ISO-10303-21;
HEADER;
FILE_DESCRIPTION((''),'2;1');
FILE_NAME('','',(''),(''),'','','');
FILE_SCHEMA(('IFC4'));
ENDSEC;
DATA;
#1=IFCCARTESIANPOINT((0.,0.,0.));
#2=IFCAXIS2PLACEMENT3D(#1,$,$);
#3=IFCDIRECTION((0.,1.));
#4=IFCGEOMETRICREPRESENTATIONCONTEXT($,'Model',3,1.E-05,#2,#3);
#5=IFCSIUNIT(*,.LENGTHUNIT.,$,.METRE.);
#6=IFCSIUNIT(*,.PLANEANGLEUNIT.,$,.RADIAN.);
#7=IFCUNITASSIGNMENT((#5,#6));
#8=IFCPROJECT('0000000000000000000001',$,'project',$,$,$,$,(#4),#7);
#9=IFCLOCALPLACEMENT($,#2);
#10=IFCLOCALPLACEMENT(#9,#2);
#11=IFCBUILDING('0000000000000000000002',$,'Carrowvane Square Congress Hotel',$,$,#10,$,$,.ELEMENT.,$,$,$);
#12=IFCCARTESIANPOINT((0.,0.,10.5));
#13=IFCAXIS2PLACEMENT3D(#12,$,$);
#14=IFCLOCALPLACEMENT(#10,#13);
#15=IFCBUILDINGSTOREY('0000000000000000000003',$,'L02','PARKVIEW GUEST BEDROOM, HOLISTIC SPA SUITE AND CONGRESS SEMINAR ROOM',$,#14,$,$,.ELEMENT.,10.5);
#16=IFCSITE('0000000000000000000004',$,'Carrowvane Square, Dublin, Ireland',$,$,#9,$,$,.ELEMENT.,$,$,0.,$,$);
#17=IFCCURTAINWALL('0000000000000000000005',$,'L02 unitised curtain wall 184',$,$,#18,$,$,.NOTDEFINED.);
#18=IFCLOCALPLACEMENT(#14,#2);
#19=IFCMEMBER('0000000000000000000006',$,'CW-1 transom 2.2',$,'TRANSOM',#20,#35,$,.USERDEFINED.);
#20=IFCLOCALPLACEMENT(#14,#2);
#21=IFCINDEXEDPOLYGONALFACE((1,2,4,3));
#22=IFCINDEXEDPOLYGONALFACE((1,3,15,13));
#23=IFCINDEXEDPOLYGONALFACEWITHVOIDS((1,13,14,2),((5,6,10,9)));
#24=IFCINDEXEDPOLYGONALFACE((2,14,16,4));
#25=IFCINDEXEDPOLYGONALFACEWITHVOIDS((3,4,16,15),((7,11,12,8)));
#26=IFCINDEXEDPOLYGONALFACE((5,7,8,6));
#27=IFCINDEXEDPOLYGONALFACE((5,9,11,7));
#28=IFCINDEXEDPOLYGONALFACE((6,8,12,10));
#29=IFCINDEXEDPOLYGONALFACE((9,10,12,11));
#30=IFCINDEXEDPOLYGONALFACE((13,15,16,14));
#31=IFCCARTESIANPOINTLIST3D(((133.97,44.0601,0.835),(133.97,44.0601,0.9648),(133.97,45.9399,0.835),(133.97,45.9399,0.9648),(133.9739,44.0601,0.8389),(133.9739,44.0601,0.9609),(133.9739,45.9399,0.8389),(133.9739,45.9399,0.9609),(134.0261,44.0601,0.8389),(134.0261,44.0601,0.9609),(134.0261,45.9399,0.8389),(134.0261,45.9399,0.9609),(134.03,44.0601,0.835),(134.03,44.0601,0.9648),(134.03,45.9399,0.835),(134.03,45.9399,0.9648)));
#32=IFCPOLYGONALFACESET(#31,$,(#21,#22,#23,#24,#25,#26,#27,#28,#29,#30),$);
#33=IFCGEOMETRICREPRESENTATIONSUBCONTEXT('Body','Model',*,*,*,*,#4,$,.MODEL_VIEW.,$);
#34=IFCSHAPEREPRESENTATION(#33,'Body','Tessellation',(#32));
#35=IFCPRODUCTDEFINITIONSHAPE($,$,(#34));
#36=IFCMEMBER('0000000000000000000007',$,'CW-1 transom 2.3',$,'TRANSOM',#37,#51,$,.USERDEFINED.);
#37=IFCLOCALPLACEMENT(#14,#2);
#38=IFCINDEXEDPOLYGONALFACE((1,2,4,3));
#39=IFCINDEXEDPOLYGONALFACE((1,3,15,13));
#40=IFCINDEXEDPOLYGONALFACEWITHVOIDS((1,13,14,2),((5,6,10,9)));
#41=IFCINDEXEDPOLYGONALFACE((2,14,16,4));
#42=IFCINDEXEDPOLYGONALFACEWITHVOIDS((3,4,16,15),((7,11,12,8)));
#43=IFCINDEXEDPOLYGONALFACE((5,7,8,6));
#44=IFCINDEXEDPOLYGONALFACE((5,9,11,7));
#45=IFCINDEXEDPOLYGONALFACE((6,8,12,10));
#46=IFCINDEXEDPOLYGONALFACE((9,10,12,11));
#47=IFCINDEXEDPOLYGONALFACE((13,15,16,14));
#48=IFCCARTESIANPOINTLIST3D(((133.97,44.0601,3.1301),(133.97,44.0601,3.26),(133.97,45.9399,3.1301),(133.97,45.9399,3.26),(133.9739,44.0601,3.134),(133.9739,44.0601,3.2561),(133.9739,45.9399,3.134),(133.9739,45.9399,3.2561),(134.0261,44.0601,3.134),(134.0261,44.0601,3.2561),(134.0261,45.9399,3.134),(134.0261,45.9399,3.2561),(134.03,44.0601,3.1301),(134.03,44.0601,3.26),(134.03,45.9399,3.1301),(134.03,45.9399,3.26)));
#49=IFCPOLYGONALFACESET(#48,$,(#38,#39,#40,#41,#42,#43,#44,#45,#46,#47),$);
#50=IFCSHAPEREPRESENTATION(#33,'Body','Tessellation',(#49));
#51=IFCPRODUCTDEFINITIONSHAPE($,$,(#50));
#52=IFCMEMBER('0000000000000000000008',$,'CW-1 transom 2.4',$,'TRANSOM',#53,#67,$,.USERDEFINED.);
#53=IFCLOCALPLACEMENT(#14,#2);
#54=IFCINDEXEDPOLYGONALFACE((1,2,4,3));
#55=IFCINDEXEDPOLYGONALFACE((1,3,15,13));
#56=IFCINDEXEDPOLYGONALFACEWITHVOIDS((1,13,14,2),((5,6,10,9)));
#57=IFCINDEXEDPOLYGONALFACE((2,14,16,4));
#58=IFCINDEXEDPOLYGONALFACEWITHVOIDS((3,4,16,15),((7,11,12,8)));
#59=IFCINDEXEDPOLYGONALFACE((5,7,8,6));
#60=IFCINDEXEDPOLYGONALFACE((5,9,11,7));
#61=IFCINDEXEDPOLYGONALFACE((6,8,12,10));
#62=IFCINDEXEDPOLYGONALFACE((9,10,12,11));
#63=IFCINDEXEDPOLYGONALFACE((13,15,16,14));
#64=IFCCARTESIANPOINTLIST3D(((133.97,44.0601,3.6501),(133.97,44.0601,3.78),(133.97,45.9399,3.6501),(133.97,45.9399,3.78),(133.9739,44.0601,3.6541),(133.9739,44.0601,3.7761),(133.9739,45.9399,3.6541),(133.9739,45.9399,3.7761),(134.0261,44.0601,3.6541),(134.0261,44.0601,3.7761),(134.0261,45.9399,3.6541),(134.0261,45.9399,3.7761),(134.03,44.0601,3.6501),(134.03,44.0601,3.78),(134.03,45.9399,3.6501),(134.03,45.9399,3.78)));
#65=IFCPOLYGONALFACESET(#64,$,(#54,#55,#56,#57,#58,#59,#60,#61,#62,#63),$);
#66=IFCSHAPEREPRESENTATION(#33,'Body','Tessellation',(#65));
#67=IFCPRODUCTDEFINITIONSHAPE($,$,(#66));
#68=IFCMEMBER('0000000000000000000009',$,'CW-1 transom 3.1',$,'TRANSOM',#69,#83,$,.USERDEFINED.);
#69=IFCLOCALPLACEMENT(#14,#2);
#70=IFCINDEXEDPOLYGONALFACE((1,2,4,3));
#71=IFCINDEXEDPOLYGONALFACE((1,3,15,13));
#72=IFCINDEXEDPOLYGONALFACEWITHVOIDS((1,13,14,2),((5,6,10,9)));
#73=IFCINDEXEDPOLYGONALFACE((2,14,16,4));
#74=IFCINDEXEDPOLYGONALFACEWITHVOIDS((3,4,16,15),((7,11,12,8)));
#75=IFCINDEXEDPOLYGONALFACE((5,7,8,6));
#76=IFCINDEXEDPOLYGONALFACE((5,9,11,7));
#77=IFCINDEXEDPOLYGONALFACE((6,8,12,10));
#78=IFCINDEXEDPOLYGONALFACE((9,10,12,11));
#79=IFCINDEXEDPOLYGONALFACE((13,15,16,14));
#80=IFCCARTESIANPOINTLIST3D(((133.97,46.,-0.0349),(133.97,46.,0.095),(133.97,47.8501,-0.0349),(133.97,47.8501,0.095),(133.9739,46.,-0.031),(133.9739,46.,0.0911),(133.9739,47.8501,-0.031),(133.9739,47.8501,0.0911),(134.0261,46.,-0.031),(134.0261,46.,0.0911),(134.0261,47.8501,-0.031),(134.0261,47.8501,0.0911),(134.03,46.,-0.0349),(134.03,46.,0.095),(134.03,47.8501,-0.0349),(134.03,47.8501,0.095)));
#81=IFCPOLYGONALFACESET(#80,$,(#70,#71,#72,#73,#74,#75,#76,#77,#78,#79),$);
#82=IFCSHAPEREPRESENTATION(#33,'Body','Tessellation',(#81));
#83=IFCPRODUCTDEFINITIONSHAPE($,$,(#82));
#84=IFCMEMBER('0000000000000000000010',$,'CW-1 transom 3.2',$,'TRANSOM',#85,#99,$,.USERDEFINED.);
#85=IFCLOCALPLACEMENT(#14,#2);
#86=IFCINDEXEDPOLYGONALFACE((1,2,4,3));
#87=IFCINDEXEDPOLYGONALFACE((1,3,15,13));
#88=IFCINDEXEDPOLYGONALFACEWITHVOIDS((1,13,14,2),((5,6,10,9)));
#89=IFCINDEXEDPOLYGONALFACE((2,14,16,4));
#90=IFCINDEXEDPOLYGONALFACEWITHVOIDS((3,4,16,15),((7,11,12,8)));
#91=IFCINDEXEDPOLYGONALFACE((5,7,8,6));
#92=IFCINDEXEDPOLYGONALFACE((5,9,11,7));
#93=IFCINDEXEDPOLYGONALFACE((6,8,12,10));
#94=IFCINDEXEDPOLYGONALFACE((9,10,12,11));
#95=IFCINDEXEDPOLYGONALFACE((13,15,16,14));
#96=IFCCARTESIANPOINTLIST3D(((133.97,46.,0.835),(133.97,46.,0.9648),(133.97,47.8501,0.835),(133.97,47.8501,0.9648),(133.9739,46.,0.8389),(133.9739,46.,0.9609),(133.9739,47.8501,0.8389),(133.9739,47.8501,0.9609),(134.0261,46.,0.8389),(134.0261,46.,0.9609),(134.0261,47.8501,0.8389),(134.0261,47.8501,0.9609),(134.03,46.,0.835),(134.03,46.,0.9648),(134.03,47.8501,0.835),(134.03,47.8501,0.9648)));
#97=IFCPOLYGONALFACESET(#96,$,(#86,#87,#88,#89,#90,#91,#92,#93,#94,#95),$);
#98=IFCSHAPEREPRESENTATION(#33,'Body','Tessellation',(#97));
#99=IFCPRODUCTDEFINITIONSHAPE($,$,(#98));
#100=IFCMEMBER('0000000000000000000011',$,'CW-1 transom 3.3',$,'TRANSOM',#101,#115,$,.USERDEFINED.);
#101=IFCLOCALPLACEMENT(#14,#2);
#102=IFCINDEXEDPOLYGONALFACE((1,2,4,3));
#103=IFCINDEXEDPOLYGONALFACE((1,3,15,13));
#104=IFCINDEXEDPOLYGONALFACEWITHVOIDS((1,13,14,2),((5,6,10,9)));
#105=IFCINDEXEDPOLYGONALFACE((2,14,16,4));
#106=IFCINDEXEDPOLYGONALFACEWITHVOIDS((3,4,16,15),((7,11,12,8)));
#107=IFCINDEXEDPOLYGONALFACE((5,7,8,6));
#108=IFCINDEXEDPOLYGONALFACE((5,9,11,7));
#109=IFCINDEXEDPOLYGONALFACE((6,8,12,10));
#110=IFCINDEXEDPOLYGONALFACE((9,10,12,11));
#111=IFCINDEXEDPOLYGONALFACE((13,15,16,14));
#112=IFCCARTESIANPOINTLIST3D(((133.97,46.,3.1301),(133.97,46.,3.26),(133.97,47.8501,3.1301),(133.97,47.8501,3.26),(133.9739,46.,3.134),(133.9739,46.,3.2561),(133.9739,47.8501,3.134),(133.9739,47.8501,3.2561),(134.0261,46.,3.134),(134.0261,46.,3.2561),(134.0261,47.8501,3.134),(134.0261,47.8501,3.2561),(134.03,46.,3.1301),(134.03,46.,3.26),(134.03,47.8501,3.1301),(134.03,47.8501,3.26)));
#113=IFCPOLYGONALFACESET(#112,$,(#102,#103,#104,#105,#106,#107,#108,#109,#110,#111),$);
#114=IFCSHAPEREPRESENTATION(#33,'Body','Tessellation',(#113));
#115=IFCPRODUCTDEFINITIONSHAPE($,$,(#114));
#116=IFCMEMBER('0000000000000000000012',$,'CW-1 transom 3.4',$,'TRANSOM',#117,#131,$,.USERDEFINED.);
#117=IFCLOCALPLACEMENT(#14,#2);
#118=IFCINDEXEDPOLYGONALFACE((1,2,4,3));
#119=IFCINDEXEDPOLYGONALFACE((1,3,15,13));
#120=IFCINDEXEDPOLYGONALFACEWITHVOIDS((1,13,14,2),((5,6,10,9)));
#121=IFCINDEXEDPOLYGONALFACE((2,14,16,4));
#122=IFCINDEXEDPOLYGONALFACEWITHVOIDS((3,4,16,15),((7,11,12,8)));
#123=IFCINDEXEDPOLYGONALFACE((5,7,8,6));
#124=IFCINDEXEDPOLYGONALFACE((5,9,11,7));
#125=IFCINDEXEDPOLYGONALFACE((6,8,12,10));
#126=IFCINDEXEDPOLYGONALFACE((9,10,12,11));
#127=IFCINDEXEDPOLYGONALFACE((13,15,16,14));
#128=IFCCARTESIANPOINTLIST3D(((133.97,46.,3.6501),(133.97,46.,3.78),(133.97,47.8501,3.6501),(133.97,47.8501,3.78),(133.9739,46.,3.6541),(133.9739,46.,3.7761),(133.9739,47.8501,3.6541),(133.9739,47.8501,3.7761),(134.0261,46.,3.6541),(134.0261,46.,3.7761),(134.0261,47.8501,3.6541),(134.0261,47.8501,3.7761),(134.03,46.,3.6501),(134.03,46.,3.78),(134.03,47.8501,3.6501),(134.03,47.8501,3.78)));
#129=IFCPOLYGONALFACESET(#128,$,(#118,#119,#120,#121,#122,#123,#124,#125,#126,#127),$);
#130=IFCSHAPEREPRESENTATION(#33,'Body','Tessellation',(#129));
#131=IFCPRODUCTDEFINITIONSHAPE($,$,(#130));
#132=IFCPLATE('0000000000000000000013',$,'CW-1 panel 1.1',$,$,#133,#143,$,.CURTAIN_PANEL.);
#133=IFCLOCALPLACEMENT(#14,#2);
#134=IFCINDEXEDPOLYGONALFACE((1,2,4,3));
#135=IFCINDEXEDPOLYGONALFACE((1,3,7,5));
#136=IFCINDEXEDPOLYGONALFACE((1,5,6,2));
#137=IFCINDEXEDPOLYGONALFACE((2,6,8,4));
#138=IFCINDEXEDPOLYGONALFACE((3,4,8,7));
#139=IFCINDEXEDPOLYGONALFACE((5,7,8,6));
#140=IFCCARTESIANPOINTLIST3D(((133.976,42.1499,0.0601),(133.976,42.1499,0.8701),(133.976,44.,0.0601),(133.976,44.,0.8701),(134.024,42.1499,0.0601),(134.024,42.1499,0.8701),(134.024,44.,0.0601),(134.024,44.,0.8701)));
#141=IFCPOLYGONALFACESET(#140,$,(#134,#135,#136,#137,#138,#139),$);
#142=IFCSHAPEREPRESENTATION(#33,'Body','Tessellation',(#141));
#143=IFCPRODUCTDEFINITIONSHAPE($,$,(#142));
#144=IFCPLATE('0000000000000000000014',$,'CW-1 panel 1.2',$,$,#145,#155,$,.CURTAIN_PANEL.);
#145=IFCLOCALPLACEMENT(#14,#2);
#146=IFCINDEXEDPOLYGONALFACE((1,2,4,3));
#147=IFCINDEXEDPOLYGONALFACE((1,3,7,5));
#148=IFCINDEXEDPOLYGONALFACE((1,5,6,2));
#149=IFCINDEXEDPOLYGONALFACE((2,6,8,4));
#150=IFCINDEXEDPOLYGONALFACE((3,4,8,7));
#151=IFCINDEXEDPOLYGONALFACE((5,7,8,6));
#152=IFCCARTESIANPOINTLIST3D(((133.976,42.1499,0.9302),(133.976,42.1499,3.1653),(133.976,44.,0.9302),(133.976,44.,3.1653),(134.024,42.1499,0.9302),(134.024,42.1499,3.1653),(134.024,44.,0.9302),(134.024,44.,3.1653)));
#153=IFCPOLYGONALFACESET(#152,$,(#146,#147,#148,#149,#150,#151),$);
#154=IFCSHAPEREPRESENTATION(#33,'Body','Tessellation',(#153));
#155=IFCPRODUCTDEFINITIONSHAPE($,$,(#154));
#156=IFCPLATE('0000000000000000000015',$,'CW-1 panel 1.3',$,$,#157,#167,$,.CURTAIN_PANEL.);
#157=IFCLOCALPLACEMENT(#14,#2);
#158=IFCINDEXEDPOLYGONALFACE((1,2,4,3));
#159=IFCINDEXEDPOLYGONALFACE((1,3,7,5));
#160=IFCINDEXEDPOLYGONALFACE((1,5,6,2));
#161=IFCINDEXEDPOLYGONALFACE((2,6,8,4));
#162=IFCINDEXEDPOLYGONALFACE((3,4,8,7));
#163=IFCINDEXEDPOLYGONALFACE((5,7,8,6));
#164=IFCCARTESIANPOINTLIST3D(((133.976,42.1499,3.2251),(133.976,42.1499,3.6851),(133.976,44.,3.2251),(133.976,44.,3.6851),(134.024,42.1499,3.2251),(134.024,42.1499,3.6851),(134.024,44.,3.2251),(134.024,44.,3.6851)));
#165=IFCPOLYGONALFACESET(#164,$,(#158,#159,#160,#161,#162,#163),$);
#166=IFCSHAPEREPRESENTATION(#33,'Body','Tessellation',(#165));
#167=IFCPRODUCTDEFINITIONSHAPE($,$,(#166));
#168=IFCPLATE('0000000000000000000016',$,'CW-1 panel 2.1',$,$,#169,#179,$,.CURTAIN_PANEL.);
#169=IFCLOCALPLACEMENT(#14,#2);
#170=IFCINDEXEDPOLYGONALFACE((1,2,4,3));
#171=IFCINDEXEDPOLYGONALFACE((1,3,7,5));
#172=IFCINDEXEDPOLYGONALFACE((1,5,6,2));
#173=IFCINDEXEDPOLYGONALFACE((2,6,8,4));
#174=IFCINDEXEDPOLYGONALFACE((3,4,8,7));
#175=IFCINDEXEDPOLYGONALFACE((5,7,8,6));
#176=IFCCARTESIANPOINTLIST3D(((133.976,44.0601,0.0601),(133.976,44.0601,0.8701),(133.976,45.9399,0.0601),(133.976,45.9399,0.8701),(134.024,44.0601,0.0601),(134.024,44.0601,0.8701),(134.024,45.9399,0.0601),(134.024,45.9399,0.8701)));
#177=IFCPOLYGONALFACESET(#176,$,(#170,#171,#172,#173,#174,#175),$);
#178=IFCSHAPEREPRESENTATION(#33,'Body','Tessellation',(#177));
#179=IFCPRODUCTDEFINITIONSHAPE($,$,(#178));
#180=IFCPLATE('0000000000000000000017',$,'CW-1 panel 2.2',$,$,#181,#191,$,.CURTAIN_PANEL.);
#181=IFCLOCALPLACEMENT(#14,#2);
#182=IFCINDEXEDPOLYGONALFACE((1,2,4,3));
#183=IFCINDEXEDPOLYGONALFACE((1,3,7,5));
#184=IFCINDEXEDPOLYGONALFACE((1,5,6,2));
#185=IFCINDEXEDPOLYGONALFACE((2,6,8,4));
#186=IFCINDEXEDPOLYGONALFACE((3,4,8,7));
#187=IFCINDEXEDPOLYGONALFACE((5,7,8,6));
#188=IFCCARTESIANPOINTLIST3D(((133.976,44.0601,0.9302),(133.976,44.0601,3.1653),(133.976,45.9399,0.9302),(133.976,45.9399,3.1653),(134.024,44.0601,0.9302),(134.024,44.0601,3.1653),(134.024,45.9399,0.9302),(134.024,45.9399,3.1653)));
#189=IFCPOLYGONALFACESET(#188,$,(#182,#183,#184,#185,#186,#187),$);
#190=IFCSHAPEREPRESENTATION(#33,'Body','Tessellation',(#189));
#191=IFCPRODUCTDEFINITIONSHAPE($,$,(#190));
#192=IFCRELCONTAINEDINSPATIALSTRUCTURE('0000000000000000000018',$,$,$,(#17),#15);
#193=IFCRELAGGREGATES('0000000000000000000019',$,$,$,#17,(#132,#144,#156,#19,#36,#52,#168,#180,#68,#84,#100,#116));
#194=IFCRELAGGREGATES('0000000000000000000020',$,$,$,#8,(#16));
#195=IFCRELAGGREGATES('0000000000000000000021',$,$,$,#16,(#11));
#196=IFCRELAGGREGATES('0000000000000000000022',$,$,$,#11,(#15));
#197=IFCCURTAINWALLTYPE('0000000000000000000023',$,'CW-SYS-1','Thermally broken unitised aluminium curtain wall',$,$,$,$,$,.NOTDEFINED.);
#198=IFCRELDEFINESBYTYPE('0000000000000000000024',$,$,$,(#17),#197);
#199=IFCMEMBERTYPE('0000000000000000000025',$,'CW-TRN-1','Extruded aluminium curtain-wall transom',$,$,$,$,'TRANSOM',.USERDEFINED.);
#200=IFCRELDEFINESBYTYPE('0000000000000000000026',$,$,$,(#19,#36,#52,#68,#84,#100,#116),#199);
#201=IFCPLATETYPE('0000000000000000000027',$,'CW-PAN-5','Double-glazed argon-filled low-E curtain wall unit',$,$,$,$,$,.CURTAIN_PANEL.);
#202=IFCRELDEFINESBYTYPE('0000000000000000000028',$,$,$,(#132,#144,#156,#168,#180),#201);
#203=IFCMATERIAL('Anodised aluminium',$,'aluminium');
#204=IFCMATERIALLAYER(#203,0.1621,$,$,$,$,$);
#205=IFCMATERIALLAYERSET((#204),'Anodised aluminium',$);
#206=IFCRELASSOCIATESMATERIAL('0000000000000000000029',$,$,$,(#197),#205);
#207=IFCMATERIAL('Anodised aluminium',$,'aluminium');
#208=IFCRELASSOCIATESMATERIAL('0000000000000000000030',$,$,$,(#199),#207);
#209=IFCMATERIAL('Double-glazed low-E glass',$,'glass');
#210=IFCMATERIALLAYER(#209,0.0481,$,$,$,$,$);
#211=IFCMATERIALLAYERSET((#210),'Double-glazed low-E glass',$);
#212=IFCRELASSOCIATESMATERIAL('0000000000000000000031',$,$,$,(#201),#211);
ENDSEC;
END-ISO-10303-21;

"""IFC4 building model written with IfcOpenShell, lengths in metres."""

from ifc_helpers import new_model, si_unit, direction, frame, origin, origin_2d, place, context, subcontext, project, spatial, rectangle, hollow_rectangle, extrude, material, layer, layer_set, material_profile, profile_set, type_object, element, aggregate, save


model = new_model("IFC4")

# Units and contexts
model_context = context("Model", 3, precision=1e-05, world=origin(), true_north=direction((0.0, 1.0)))
body_context = subcontext(model_context, "Body", "Model", "MODEL_VIEW")
ifc_project = project(units=[si_unit("LENGTHUNIT", "METRE"), si_unit("PLANEANGLEUNIT", "RADIAN")], contexts=[model_context])

# Site, building, storey
site_placement = place(None, origin())
site = spatial("IfcSite", under=ifc_project, at=site_placement, Name="Carrowvane Square, Dublin, Ireland", CompositionType="ELEMENT", RefElevation=0.0)
building_placement = place(site_placement, origin())
building = spatial("IfcBuilding", under=site, at=building_placement, Name="Carrowvane Square Congress Hotel", CompositionType="ELEMENT")
storey_placement = place(building_placement, frame((0.0, 0.0, 10.5)))
storey = spatial("IfcBuildingStorey", under=building, at=storey_placement, Name="L02", Description="PARKVIEW GUEST BEDROOM, HOLISTIC SPA SUITE AND CONGRESS SEMINAR ROOM", CompositionType="ELEMENT", Elevation=10.5)

# Curtain wall, members, plates
ifc_material_1 = material(Name="Anodised aluminium", Category="aluminium")
ifc_layer_1 = layer(ifc_material_1, 0.1621)
ifc_layer_set_1 = layer_set([ifc_layer_1], Name="Anodised aluminium")
curtain_wall_type = type_object("IfcCurtainWallType", Name="CW-SYS-1", Description="Thermally broken unitised aluminium curtain wall", PredefinedType="NOTDEFINED", material=ifc_layer_set_1)
curtain_wall_placement = place(storey_placement, origin())
curtain_wall = element("IfcCurtainWall", 1, at=curtain_wall_placement, inside=storey, type_object=curtain_wall_type, Name="L02 unitised curtain wall 184", PredefinedType="NOTDEFINED")
ifc_material_2 = material(Name="Anodised aluminium", Category="aluminium")
ifc_material_profile_1 = material_profile(ifc_material_2, hollow_rectangle(XDim=0.0601, YDim=0.1299, WallThickness=0.0039, at=origin_2d()), Name="CW-TR 60x130x4")
ifc_profile_set_1 = profile_set([ifc_material_profile_1], Name="Anodised aluminium")
member_type_1 = type_object("IfcMemberType", Name="CW-TRN-1", Description="Extruded aluminium curtain-wall transom", ElementType="TRANSOM", PredefinedType="USERDEFINED", material=ifc_profile_set_1)
member_1_placement = place(storey_placement, frame((134.0, 44.0601, 0.8999), z_axis=(0.0, 1.0, 0.0), x_axis=(-1.0, 0.0, 0.0)))
member_1 = element("IfcMember", 2, at=member_1_placement, type_object=member_type_1, Name="CW-1 transom 2.2", ObjectType="TRANSOM", PredefinedType="USERDEFINED", context=body_context, shape_type="SweptSolid", body=[
    extrude(hollow_rectangle(XDim=0.0601, YDim=0.1299, WallThickness=0.0039, at=origin_2d()), origin(), (0.0, 0.0, 1.0), 1.8799),
])
member_2_placement = place(storey_placement, frame((134.0, 44.0601, 3.1951), z_axis=(0.0, 1.0, 0.0), x_axis=(-1.0, 0.0, 0.0)))
member_2 = element("IfcMember", 3, at=member_2_placement, type_object=member_type_1, Name="CW-1 transom 2.3", ObjectType="TRANSOM", PredefinedType="USERDEFINED", context=body_context, shape_type="SweptSolid", body=[
    extrude(hollow_rectangle(XDim=0.0601, YDim=0.1299, WallThickness=0.0039, at=origin_2d()), origin(), (0.0, 0.0, 1.0), 1.8799),
])
member_3_placement = place(storey_placement, frame((134.0, 44.0601, 3.7151), z_axis=(0.0, 1.0, 0.0), x_axis=(-1.0, 0.0, 0.0)))
member_3 = element("IfcMember", 4, at=member_3_placement, type_object=member_type_1, Name="CW-1 transom 2.4", ObjectType="TRANSOM", PredefinedType="USERDEFINED", context=body_context, shape_type="SweptSolid", body=[
    extrude(hollow_rectangle(XDim=0.0601, YDim=0.1299, WallThickness=0.0039, at=origin_2d()), origin(), (0.0, 0.0, 1.0), 1.8799),
])
member_4_placement = place(storey_placement, frame((134.0, 46.0, 0.03), z_axis=(0.0, 1.0, 0.0), x_axis=(-1.0, 0.0, 0.0)))
member_4 = element("IfcMember", 5, at=member_4_placement, type_object=member_type_1, Name="CW-1 transom 3.1", ObjectType="TRANSOM", PredefinedType="USERDEFINED", context=body_context, shape_type="SweptSolid", body=[
    extrude(hollow_rectangle(XDim=0.0601, YDim=0.1299, WallThickness=0.0039, at=origin_2d()), origin(), (0.0, 0.0, 1.0), 1.8501),
])
member_5_placement = place(storey_placement, frame((134.0, 46.0, 0.8999), z_axis=(0.0, 1.0, 0.0), x_axis=(-1.0, 0.0, 0.0)))
member_5 = element("IfcMember", 6, at=member_5_placement, type_object=member_type_1, Name="CW-1 transom 3.2", ObjectType="TRANSOM", PredefinedType="USERDEFINED", context=body_context, shape_type="SweptSolid", body=[
    extrude(hollow_rectangle(XDim=0.0601, YDim=0.1299, WallThickness=0.0039, at=origin_2d()), origin(), (0.0, 0.0, 1.0), 1.8501),
])
member_6_placement = place(storey_placement, frame((134.0, 46.0, 3.1951), z_axis=(0.0, 1.0, 0.0), x_axis=(-1.0, 0.0, 0.0)))
member_6 = element("IfcMember", 7, at=member_6_placement, type_object=member_type_1, Name="CW-1 transom 3.3", ObjectType="TRANSOM", PredefinedType="USERDEFINED", context=body_context, shape_type="SweptSolid", body=[
    extrude(hollow_rectangle(XDim=0.0601, YDim=0.1299, WallThickness=0.0039, at=origin_2d()), origin(), (0.0, 0.0, 1.0), 1.8501),
])
member_7_placement = place(storey_placement, frame((134.0, 46.0, 3.7151), z_axis=(0.0, 1.0, 0.0), x_axis=(-1.0, 0.0, 0.0)))
member_7 = element("IfcMember", 8, at=member_7_placement, type_object=member_type_1, Name="CW-1 transom 3.4", ObjectType="TRANSOM", PredefinedType="USERDEFINED", context=body_context, shape_type="SweptSolid", body=[
    extrude(hollow_rectangle(XDim=0.0601, YDim=0.1299, WallThickness=0.0039, at=origin_2d()), origin(), (0.0, 0.0, 1.0), 1.8501),
])
ifc_material_3 = material(Name="Double-glazed low-E glass", Category="glass")
ifc_layer_2 = layer(ifc_material_3, 0.0481)
ifc_layer_set_2 = layer_set([ifc_layer_2], Name="Double-glazed low-E glass")
plate_type = type_object("IfcPlateType", Name="CW-PAN-5", Description="Double-glazed argon-filled low-E curtain wall unit", PredefinedType="CURTAIN_PANEL", material=ifc_layer_set_2)
plate_1_placement = place(storey_placement, frame((134.0, 43.075, 0.0601), z_axis=(0.0, 0.0, 1.0), x_axis=(0.0, 1.0, 0.0)))
plate_1 = element("IfcPlate", 9, at=plate_1_placement, type_object=plate_type, Name="CW-1 panel 1.1", PredefinedType="CURTAIN_PANEL", context=body_context, shape_type="SweptSolid", body=[
    extrude(rectangle(XDim=1.8501, YDim=0.0481, at=origin_2d()), origin(), (0.0, 0.0, 1.0), 0.8101),
])
plate_2_placement = place(storey_placement, frame((134.0, 43.075, 0.9302), z_axis=(0.0, 0.0, 1.0), x_axis=(0.0, 1.0, 0.0)))
plate_2 = element("IfcPlate", 10, at=plate_2_placement, type_object=plate_type, Name="CW-1 panel 1.2", PredefinedType="CURTAIN_PANEL", context=body_context, shape_type="SweptSolid", body=[
    extrude(rectangle(XDim=1.8501, YDim=0.0481, at=origin_2d()), origin(), (0.0, 0.0, 1.0), 2.2351),
])
plate_3_placement = place(storey_placement, frame((134.0, 43.075, 3.2251), z_axis=(0.0, 0.0, 1.0), x_axis=(0.0, 1.0, 0.0)))
plate_3 = element("IfcPlate", 11, at=plate_3_placement, type_object=plate_type, Name="CW-1 panel 1.3", PredefinedType="CURTAIN_PANEL", context=body_context, shape_type="SweptSolid", body=[
    extrude(rectangle(XDim=1.8501, YDim=0.0481, at=origin_2d()), origin(), (0.0, 0.0, 1.0), 0.46),
])
plate_4_placement = place(storey_placement, frame((134.0, 45.0, 0.0601), z_axis=(0.0, 0.0, 1.0), x_axis=(0.0, 1.0, 0.0)))
plate_4 = element("IfcPlate", 12, at=plate_4_placement, type_object=plate_type, Name="CW-1 panel 2.1", PredefinedType="CURTAIN_PANEL", context=body_context, shape_type="SweptSolid", body=[
    extrude(rectangle(XDim=1.8799, YDim=0.0481, at=origin_2d()), origin(), (0.0, 0.0, 1.0), 0.8101),
])
plate_5_placement = place(storey_placement, frame((134.0, 45.0, 0.9302), z_axis=(0.0, 0.0, 1.0), x_axis=(0.0, 1.0, 0.0)))
plate_5 = element("IfcPlate", 13, at=plate_5_placement, type_object=plate_type, Name="CW-1 panel 2.2", PredefinedType="CURTAIN_PANEL", context=body_context, shape_type="SweptSolid", body=[
    extrude(rectangle(XDim=1.8799, YDim=0.0481, at=origin_2d()), origin(), (0.0, 0.0, 1.0), 2.2351),
])
aggregate(curtain_wall, [plate_1, plate_2, plate_3, member_1, member_2, member_3, plate_4, plate_5, member_4, member_5, member_6, member_7])

save(model, "model.ifc")
